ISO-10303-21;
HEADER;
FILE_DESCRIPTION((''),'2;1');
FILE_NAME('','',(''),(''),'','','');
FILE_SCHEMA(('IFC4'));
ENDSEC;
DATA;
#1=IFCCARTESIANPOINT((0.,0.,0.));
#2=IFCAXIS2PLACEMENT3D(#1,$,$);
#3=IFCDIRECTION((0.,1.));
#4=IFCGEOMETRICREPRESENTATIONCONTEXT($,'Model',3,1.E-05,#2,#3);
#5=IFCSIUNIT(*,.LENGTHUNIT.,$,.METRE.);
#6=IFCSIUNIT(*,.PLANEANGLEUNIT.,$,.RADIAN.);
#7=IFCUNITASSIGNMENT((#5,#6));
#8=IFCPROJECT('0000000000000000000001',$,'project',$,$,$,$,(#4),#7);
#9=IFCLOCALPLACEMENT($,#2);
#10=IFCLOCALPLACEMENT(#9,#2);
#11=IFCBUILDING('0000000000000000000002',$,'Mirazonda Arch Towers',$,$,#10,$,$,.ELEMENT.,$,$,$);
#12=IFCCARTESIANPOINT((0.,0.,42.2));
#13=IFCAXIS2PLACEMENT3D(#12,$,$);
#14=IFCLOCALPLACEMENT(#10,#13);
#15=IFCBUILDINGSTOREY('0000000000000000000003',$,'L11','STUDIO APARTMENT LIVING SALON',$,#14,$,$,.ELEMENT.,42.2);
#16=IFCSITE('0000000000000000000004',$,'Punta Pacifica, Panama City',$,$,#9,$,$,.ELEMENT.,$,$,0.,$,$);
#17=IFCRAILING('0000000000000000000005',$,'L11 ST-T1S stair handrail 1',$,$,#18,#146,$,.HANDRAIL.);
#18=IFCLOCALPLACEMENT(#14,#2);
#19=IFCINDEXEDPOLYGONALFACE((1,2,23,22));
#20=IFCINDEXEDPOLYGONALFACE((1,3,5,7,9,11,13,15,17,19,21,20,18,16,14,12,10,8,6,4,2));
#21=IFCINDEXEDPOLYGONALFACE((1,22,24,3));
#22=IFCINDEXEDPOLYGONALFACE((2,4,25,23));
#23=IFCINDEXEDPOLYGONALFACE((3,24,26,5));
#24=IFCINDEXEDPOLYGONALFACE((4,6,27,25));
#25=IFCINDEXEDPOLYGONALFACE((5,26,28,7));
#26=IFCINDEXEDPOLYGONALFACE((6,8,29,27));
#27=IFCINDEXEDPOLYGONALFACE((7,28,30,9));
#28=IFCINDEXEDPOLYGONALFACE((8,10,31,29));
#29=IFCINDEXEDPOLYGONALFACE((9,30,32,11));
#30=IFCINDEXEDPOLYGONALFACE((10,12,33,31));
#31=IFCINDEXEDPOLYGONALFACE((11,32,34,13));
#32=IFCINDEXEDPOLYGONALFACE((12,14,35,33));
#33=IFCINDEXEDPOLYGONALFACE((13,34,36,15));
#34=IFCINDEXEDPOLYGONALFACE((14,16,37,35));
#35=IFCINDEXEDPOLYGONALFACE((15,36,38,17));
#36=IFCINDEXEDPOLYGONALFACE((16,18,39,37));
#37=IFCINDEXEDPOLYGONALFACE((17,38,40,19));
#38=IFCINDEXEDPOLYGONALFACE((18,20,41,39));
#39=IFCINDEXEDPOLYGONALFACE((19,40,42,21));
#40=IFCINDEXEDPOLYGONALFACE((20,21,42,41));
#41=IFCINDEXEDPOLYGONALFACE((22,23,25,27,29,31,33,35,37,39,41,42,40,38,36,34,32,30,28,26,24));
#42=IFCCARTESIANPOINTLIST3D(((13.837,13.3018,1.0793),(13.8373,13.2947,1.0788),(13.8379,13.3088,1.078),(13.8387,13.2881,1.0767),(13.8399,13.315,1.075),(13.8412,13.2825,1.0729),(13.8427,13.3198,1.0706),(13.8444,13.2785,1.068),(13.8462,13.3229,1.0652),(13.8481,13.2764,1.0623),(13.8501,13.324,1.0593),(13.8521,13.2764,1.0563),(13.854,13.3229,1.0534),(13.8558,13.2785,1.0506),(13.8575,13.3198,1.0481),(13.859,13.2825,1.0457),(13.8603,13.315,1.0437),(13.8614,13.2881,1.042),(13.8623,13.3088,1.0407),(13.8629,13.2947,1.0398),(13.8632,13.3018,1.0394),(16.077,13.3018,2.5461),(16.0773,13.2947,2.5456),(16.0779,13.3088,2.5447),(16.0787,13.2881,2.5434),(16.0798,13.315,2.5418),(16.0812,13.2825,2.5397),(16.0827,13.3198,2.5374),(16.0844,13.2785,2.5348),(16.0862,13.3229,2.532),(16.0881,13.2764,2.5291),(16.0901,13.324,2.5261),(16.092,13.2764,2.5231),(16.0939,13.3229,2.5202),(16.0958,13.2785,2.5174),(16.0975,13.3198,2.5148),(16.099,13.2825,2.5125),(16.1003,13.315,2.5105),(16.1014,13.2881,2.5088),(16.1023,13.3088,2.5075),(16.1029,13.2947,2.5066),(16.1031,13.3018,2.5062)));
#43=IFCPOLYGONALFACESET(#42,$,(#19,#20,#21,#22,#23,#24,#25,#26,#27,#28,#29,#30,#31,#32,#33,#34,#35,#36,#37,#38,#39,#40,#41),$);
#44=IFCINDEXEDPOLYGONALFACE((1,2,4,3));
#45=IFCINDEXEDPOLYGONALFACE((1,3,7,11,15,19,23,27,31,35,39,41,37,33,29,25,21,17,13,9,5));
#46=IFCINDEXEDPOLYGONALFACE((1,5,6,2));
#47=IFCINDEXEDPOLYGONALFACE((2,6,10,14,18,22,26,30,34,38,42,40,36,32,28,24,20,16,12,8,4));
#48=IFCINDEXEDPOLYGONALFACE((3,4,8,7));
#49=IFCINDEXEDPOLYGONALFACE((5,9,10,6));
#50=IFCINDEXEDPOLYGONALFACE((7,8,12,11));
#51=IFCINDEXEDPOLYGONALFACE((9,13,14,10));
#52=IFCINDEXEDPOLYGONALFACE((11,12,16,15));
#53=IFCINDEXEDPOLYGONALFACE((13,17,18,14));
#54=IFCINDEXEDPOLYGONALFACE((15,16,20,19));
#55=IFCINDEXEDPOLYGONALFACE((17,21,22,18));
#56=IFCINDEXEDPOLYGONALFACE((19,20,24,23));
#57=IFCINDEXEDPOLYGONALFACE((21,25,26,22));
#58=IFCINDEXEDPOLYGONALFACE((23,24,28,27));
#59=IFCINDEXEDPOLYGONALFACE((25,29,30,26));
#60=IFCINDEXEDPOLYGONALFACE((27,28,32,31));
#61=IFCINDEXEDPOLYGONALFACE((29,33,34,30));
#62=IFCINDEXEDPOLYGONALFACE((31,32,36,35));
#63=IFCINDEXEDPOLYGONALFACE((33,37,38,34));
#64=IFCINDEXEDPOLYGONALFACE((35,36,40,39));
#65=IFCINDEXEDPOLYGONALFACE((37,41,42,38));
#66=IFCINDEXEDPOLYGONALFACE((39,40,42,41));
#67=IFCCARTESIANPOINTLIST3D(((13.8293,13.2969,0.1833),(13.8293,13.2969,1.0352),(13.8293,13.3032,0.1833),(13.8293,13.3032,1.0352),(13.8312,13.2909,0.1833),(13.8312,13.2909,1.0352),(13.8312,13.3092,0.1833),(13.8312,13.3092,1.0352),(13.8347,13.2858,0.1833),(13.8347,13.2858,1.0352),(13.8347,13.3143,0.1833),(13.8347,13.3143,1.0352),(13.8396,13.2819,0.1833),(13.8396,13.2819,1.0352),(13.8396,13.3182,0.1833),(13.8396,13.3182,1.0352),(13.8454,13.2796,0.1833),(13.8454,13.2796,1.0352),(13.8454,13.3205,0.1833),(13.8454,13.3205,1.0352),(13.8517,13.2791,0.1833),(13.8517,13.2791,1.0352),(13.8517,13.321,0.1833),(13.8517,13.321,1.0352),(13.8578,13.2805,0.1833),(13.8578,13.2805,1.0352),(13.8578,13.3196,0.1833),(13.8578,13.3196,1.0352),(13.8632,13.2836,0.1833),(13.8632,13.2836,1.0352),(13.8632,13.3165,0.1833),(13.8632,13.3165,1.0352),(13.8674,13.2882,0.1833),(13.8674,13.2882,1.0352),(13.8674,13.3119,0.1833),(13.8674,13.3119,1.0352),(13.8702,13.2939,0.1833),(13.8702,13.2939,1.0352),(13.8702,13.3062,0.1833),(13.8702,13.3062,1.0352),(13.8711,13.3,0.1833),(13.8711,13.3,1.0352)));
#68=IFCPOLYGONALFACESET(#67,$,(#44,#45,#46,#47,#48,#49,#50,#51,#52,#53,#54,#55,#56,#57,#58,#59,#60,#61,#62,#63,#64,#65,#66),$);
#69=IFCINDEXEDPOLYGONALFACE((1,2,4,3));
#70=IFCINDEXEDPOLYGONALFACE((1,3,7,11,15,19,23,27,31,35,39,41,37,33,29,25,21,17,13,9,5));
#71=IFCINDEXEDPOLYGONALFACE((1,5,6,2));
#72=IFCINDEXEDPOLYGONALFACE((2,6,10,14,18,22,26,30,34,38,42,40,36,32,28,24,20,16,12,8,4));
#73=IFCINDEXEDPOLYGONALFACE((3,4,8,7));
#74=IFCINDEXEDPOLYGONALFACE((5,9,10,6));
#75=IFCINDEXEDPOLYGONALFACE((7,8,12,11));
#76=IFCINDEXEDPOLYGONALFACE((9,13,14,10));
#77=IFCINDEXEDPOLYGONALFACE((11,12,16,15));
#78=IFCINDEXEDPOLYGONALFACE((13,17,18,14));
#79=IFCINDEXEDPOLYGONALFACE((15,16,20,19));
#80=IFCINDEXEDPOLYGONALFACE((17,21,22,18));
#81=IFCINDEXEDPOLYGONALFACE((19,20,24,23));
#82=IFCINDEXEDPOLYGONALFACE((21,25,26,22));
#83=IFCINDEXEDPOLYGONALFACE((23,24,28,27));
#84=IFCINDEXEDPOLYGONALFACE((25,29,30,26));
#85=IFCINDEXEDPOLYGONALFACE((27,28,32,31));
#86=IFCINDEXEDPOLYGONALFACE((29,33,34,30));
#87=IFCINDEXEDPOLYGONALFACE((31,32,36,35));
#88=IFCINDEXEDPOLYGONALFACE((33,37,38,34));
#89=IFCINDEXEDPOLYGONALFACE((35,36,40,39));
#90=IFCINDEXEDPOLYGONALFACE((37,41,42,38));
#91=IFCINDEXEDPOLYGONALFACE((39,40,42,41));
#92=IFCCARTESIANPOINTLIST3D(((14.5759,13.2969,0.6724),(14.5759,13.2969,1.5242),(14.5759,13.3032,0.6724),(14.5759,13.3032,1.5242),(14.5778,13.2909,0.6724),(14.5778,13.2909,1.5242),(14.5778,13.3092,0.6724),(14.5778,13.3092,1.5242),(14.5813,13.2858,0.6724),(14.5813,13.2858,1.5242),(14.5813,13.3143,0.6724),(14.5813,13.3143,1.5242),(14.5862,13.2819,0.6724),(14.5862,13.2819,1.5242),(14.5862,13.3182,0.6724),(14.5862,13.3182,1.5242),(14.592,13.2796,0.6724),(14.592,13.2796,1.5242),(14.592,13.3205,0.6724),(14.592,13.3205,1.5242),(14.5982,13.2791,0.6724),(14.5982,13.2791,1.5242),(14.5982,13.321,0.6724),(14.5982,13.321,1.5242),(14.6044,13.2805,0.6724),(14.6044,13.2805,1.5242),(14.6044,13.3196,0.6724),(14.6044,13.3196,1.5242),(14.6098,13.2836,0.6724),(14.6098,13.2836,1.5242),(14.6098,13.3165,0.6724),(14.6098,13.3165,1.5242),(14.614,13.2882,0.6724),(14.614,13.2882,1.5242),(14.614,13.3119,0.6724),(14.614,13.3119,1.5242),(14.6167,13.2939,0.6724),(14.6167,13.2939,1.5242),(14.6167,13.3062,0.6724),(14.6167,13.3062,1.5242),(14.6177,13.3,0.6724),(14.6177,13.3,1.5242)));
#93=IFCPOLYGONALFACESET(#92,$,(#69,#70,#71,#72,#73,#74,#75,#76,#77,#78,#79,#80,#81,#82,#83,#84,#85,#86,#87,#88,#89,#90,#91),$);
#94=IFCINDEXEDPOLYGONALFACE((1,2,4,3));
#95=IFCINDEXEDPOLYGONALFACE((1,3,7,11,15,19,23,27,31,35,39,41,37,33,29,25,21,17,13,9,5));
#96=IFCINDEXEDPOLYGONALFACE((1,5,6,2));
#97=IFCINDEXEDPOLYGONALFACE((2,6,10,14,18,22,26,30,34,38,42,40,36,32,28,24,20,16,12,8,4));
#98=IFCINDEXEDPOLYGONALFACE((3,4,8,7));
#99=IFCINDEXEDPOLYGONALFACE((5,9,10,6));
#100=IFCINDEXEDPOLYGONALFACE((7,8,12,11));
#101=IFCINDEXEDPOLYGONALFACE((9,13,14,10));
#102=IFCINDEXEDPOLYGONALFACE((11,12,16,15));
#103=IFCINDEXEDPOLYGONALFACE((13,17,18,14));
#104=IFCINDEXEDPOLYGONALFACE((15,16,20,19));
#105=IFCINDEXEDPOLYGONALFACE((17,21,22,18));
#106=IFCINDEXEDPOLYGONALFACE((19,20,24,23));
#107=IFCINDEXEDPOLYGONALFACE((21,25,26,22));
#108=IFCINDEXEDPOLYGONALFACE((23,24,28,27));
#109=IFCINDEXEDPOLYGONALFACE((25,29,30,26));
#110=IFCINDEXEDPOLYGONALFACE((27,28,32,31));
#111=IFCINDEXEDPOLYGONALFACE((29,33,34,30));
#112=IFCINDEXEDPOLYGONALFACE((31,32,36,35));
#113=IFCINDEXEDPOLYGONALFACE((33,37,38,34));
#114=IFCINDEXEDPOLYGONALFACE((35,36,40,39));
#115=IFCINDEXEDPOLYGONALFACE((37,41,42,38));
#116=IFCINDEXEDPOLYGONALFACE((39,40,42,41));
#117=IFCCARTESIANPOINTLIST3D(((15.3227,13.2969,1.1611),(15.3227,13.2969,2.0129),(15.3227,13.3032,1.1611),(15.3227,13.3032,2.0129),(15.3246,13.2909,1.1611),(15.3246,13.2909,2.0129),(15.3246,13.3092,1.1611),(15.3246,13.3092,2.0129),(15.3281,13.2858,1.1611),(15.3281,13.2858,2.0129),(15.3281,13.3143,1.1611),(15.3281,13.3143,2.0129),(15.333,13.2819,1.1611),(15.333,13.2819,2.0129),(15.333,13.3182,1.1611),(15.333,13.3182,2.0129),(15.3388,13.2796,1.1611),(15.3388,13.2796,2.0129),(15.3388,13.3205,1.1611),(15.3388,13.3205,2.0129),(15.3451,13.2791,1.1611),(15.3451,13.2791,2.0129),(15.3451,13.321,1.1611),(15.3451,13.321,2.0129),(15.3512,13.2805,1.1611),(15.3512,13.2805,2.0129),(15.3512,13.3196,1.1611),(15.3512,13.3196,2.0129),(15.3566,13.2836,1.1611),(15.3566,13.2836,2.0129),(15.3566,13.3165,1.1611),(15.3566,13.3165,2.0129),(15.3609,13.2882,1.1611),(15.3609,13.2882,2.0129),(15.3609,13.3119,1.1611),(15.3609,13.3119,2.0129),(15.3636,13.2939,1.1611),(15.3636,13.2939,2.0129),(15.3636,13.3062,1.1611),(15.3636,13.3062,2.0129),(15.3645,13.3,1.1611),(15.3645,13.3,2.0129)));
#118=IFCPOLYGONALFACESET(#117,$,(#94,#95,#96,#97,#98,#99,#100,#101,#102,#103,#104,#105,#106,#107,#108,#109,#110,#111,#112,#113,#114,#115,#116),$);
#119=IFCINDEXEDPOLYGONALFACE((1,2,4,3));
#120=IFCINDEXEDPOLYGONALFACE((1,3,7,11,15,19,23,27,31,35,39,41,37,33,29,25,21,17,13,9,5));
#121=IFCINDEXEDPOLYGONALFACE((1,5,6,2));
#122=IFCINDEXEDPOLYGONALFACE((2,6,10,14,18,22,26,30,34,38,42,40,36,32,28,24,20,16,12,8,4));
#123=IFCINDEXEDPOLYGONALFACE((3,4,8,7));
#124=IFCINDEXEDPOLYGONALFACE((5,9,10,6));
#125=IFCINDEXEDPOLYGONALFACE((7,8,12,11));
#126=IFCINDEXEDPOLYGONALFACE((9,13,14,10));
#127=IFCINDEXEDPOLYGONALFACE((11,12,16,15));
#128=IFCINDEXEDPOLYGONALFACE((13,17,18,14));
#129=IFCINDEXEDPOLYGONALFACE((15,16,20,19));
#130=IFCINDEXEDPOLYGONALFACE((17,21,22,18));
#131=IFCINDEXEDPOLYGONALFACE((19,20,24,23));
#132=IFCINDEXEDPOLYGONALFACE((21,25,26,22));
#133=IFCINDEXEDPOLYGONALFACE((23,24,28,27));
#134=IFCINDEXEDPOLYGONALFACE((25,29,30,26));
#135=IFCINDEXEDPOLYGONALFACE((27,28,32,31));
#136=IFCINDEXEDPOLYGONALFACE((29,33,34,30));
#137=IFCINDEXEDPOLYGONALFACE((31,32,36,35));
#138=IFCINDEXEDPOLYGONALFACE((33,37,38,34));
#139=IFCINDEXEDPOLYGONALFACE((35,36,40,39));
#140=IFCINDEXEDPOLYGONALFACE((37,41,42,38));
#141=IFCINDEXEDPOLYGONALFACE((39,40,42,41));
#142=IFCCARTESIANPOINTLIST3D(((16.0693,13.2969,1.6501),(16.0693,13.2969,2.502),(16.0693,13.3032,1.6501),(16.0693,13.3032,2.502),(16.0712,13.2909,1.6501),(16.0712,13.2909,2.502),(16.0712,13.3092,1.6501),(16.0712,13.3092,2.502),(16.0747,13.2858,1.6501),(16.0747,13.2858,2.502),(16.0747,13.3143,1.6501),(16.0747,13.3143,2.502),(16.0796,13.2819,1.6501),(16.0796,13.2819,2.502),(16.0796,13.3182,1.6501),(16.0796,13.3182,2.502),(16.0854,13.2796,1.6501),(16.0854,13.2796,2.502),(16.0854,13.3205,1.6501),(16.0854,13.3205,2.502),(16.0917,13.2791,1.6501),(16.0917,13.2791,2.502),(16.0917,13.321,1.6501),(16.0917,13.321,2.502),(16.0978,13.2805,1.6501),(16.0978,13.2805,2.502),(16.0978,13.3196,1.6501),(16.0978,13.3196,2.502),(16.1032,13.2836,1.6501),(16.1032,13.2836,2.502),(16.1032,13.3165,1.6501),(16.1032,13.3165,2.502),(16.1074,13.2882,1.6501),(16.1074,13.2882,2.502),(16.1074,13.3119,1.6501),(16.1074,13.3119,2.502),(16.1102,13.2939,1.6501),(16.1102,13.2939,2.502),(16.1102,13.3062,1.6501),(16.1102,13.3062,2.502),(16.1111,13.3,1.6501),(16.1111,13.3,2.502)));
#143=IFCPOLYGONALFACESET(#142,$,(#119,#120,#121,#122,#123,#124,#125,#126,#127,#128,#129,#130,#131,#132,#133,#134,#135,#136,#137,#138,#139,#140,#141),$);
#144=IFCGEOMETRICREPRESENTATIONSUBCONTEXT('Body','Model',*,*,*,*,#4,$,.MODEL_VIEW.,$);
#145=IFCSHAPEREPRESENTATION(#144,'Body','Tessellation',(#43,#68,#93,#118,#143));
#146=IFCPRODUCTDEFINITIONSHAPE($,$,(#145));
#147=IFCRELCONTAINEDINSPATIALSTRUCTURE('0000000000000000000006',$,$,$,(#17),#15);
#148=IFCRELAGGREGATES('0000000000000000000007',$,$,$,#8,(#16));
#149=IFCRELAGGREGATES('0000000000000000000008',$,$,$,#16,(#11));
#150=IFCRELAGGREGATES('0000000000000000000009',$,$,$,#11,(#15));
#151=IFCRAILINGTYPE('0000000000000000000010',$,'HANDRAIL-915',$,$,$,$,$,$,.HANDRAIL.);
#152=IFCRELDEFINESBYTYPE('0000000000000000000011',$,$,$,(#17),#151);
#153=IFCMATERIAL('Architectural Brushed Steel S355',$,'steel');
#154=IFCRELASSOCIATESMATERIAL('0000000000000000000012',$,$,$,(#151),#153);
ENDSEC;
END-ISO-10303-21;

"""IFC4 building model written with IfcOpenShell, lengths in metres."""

from ifc_helpers import new_model, si_unit, direction, frame, origin, origin_2d, place, context, subcontext, project, spatial, circle, extrude, material, type_object, element, save


model = new_model("IFC4")

# Units and contexts
model_context = context("Model", 3, precision=1e-05, world=origin(), true_north=direction((0.0, 1.0)))
body_context = subcontext(model_context, "Body", "Model", "MODEL_VIEW")
ifc_project = project(units=[si_unit("LENGTHUNIT", "METRE"), si_unit("PLANEANGLEUNIT", "RADIAN")], contexts=[model_context])

# Site, building, storey
site_placement = place(None, origin())
site = spatial("IfcSite", under=ifc_project, at=site_placement, Name="Punta Pacifica, Panama City", CompositionType="ELEMENT", RefElevation=0.0)
building_placement = place(site_placement, origin())
building = spatial("IfcBuilding", under=site, at=building_placement, Name="Mirazonda Arch Towers", CompositionType="ELEMENT")
storey_placement = place(building_placement, frame((0.0, 0.0, 42.2)))
storey = spatial("IfcBuildingStorey", under=building, at=storey_placement, Name="L11", Description="STUDIO APARTMENT LIVING SALON", CompositionType="ELEMENT", Elevation=42.2)

# Shared definitions
ifc_material_1 = material(Name="Architectural Brushed Steel S355", Category="steel")

# Railing
railing_type_1 = type_object("IfcRailingType", Name="HANDRAIL-915", PredefinedType="HANDRAIL", material=ifc_material_1)
railing_1_placement = place(storey_placement, frame((13.8501, 13.3, 0.1833)))
element("IfcRailing", 1, at=railing_1_placement, inside=storey, type_object=railing_type_1, Name="L11 ST-T1S stair handrail 1", PredefinedType="HANDRAIL", context=body_context, shape_type="SweptSolid", body=[
    extrude(circle(Radius=0.0239, at=origin_2d()), frame((0.0, 0.0, 0.876), z_axis=(0.836595, 0.0, 0.547822), x_axis=(0.0, 1.0, 0.0)), (0.0, 0.0, 1.0), 2.6775),
    extrude(circle(Radius=0.021, at=origin_2d()), origin(), (0.0, 0.0, 1.0), 0.8518),
    extrude(circle(Radius=0.021, at=origin_2d()), frame((0.7466, 0.0, 0.489)), (0.0, 0.0, 1.0), 0.8518),
    extrude(circle(Radius=0.021, at=origin_2d()), frame((1.4934, 0.0, 0.9778)), (0.0, 0.0, 1.0), 0.8518),
    extrude(circle(Radius=0.021, at=origin_2d()), frame((2.24, 0.0, 1.4668)), (0.0, 0.0, 1.0), 0.8518),
])

save(model, "model.ifc")
